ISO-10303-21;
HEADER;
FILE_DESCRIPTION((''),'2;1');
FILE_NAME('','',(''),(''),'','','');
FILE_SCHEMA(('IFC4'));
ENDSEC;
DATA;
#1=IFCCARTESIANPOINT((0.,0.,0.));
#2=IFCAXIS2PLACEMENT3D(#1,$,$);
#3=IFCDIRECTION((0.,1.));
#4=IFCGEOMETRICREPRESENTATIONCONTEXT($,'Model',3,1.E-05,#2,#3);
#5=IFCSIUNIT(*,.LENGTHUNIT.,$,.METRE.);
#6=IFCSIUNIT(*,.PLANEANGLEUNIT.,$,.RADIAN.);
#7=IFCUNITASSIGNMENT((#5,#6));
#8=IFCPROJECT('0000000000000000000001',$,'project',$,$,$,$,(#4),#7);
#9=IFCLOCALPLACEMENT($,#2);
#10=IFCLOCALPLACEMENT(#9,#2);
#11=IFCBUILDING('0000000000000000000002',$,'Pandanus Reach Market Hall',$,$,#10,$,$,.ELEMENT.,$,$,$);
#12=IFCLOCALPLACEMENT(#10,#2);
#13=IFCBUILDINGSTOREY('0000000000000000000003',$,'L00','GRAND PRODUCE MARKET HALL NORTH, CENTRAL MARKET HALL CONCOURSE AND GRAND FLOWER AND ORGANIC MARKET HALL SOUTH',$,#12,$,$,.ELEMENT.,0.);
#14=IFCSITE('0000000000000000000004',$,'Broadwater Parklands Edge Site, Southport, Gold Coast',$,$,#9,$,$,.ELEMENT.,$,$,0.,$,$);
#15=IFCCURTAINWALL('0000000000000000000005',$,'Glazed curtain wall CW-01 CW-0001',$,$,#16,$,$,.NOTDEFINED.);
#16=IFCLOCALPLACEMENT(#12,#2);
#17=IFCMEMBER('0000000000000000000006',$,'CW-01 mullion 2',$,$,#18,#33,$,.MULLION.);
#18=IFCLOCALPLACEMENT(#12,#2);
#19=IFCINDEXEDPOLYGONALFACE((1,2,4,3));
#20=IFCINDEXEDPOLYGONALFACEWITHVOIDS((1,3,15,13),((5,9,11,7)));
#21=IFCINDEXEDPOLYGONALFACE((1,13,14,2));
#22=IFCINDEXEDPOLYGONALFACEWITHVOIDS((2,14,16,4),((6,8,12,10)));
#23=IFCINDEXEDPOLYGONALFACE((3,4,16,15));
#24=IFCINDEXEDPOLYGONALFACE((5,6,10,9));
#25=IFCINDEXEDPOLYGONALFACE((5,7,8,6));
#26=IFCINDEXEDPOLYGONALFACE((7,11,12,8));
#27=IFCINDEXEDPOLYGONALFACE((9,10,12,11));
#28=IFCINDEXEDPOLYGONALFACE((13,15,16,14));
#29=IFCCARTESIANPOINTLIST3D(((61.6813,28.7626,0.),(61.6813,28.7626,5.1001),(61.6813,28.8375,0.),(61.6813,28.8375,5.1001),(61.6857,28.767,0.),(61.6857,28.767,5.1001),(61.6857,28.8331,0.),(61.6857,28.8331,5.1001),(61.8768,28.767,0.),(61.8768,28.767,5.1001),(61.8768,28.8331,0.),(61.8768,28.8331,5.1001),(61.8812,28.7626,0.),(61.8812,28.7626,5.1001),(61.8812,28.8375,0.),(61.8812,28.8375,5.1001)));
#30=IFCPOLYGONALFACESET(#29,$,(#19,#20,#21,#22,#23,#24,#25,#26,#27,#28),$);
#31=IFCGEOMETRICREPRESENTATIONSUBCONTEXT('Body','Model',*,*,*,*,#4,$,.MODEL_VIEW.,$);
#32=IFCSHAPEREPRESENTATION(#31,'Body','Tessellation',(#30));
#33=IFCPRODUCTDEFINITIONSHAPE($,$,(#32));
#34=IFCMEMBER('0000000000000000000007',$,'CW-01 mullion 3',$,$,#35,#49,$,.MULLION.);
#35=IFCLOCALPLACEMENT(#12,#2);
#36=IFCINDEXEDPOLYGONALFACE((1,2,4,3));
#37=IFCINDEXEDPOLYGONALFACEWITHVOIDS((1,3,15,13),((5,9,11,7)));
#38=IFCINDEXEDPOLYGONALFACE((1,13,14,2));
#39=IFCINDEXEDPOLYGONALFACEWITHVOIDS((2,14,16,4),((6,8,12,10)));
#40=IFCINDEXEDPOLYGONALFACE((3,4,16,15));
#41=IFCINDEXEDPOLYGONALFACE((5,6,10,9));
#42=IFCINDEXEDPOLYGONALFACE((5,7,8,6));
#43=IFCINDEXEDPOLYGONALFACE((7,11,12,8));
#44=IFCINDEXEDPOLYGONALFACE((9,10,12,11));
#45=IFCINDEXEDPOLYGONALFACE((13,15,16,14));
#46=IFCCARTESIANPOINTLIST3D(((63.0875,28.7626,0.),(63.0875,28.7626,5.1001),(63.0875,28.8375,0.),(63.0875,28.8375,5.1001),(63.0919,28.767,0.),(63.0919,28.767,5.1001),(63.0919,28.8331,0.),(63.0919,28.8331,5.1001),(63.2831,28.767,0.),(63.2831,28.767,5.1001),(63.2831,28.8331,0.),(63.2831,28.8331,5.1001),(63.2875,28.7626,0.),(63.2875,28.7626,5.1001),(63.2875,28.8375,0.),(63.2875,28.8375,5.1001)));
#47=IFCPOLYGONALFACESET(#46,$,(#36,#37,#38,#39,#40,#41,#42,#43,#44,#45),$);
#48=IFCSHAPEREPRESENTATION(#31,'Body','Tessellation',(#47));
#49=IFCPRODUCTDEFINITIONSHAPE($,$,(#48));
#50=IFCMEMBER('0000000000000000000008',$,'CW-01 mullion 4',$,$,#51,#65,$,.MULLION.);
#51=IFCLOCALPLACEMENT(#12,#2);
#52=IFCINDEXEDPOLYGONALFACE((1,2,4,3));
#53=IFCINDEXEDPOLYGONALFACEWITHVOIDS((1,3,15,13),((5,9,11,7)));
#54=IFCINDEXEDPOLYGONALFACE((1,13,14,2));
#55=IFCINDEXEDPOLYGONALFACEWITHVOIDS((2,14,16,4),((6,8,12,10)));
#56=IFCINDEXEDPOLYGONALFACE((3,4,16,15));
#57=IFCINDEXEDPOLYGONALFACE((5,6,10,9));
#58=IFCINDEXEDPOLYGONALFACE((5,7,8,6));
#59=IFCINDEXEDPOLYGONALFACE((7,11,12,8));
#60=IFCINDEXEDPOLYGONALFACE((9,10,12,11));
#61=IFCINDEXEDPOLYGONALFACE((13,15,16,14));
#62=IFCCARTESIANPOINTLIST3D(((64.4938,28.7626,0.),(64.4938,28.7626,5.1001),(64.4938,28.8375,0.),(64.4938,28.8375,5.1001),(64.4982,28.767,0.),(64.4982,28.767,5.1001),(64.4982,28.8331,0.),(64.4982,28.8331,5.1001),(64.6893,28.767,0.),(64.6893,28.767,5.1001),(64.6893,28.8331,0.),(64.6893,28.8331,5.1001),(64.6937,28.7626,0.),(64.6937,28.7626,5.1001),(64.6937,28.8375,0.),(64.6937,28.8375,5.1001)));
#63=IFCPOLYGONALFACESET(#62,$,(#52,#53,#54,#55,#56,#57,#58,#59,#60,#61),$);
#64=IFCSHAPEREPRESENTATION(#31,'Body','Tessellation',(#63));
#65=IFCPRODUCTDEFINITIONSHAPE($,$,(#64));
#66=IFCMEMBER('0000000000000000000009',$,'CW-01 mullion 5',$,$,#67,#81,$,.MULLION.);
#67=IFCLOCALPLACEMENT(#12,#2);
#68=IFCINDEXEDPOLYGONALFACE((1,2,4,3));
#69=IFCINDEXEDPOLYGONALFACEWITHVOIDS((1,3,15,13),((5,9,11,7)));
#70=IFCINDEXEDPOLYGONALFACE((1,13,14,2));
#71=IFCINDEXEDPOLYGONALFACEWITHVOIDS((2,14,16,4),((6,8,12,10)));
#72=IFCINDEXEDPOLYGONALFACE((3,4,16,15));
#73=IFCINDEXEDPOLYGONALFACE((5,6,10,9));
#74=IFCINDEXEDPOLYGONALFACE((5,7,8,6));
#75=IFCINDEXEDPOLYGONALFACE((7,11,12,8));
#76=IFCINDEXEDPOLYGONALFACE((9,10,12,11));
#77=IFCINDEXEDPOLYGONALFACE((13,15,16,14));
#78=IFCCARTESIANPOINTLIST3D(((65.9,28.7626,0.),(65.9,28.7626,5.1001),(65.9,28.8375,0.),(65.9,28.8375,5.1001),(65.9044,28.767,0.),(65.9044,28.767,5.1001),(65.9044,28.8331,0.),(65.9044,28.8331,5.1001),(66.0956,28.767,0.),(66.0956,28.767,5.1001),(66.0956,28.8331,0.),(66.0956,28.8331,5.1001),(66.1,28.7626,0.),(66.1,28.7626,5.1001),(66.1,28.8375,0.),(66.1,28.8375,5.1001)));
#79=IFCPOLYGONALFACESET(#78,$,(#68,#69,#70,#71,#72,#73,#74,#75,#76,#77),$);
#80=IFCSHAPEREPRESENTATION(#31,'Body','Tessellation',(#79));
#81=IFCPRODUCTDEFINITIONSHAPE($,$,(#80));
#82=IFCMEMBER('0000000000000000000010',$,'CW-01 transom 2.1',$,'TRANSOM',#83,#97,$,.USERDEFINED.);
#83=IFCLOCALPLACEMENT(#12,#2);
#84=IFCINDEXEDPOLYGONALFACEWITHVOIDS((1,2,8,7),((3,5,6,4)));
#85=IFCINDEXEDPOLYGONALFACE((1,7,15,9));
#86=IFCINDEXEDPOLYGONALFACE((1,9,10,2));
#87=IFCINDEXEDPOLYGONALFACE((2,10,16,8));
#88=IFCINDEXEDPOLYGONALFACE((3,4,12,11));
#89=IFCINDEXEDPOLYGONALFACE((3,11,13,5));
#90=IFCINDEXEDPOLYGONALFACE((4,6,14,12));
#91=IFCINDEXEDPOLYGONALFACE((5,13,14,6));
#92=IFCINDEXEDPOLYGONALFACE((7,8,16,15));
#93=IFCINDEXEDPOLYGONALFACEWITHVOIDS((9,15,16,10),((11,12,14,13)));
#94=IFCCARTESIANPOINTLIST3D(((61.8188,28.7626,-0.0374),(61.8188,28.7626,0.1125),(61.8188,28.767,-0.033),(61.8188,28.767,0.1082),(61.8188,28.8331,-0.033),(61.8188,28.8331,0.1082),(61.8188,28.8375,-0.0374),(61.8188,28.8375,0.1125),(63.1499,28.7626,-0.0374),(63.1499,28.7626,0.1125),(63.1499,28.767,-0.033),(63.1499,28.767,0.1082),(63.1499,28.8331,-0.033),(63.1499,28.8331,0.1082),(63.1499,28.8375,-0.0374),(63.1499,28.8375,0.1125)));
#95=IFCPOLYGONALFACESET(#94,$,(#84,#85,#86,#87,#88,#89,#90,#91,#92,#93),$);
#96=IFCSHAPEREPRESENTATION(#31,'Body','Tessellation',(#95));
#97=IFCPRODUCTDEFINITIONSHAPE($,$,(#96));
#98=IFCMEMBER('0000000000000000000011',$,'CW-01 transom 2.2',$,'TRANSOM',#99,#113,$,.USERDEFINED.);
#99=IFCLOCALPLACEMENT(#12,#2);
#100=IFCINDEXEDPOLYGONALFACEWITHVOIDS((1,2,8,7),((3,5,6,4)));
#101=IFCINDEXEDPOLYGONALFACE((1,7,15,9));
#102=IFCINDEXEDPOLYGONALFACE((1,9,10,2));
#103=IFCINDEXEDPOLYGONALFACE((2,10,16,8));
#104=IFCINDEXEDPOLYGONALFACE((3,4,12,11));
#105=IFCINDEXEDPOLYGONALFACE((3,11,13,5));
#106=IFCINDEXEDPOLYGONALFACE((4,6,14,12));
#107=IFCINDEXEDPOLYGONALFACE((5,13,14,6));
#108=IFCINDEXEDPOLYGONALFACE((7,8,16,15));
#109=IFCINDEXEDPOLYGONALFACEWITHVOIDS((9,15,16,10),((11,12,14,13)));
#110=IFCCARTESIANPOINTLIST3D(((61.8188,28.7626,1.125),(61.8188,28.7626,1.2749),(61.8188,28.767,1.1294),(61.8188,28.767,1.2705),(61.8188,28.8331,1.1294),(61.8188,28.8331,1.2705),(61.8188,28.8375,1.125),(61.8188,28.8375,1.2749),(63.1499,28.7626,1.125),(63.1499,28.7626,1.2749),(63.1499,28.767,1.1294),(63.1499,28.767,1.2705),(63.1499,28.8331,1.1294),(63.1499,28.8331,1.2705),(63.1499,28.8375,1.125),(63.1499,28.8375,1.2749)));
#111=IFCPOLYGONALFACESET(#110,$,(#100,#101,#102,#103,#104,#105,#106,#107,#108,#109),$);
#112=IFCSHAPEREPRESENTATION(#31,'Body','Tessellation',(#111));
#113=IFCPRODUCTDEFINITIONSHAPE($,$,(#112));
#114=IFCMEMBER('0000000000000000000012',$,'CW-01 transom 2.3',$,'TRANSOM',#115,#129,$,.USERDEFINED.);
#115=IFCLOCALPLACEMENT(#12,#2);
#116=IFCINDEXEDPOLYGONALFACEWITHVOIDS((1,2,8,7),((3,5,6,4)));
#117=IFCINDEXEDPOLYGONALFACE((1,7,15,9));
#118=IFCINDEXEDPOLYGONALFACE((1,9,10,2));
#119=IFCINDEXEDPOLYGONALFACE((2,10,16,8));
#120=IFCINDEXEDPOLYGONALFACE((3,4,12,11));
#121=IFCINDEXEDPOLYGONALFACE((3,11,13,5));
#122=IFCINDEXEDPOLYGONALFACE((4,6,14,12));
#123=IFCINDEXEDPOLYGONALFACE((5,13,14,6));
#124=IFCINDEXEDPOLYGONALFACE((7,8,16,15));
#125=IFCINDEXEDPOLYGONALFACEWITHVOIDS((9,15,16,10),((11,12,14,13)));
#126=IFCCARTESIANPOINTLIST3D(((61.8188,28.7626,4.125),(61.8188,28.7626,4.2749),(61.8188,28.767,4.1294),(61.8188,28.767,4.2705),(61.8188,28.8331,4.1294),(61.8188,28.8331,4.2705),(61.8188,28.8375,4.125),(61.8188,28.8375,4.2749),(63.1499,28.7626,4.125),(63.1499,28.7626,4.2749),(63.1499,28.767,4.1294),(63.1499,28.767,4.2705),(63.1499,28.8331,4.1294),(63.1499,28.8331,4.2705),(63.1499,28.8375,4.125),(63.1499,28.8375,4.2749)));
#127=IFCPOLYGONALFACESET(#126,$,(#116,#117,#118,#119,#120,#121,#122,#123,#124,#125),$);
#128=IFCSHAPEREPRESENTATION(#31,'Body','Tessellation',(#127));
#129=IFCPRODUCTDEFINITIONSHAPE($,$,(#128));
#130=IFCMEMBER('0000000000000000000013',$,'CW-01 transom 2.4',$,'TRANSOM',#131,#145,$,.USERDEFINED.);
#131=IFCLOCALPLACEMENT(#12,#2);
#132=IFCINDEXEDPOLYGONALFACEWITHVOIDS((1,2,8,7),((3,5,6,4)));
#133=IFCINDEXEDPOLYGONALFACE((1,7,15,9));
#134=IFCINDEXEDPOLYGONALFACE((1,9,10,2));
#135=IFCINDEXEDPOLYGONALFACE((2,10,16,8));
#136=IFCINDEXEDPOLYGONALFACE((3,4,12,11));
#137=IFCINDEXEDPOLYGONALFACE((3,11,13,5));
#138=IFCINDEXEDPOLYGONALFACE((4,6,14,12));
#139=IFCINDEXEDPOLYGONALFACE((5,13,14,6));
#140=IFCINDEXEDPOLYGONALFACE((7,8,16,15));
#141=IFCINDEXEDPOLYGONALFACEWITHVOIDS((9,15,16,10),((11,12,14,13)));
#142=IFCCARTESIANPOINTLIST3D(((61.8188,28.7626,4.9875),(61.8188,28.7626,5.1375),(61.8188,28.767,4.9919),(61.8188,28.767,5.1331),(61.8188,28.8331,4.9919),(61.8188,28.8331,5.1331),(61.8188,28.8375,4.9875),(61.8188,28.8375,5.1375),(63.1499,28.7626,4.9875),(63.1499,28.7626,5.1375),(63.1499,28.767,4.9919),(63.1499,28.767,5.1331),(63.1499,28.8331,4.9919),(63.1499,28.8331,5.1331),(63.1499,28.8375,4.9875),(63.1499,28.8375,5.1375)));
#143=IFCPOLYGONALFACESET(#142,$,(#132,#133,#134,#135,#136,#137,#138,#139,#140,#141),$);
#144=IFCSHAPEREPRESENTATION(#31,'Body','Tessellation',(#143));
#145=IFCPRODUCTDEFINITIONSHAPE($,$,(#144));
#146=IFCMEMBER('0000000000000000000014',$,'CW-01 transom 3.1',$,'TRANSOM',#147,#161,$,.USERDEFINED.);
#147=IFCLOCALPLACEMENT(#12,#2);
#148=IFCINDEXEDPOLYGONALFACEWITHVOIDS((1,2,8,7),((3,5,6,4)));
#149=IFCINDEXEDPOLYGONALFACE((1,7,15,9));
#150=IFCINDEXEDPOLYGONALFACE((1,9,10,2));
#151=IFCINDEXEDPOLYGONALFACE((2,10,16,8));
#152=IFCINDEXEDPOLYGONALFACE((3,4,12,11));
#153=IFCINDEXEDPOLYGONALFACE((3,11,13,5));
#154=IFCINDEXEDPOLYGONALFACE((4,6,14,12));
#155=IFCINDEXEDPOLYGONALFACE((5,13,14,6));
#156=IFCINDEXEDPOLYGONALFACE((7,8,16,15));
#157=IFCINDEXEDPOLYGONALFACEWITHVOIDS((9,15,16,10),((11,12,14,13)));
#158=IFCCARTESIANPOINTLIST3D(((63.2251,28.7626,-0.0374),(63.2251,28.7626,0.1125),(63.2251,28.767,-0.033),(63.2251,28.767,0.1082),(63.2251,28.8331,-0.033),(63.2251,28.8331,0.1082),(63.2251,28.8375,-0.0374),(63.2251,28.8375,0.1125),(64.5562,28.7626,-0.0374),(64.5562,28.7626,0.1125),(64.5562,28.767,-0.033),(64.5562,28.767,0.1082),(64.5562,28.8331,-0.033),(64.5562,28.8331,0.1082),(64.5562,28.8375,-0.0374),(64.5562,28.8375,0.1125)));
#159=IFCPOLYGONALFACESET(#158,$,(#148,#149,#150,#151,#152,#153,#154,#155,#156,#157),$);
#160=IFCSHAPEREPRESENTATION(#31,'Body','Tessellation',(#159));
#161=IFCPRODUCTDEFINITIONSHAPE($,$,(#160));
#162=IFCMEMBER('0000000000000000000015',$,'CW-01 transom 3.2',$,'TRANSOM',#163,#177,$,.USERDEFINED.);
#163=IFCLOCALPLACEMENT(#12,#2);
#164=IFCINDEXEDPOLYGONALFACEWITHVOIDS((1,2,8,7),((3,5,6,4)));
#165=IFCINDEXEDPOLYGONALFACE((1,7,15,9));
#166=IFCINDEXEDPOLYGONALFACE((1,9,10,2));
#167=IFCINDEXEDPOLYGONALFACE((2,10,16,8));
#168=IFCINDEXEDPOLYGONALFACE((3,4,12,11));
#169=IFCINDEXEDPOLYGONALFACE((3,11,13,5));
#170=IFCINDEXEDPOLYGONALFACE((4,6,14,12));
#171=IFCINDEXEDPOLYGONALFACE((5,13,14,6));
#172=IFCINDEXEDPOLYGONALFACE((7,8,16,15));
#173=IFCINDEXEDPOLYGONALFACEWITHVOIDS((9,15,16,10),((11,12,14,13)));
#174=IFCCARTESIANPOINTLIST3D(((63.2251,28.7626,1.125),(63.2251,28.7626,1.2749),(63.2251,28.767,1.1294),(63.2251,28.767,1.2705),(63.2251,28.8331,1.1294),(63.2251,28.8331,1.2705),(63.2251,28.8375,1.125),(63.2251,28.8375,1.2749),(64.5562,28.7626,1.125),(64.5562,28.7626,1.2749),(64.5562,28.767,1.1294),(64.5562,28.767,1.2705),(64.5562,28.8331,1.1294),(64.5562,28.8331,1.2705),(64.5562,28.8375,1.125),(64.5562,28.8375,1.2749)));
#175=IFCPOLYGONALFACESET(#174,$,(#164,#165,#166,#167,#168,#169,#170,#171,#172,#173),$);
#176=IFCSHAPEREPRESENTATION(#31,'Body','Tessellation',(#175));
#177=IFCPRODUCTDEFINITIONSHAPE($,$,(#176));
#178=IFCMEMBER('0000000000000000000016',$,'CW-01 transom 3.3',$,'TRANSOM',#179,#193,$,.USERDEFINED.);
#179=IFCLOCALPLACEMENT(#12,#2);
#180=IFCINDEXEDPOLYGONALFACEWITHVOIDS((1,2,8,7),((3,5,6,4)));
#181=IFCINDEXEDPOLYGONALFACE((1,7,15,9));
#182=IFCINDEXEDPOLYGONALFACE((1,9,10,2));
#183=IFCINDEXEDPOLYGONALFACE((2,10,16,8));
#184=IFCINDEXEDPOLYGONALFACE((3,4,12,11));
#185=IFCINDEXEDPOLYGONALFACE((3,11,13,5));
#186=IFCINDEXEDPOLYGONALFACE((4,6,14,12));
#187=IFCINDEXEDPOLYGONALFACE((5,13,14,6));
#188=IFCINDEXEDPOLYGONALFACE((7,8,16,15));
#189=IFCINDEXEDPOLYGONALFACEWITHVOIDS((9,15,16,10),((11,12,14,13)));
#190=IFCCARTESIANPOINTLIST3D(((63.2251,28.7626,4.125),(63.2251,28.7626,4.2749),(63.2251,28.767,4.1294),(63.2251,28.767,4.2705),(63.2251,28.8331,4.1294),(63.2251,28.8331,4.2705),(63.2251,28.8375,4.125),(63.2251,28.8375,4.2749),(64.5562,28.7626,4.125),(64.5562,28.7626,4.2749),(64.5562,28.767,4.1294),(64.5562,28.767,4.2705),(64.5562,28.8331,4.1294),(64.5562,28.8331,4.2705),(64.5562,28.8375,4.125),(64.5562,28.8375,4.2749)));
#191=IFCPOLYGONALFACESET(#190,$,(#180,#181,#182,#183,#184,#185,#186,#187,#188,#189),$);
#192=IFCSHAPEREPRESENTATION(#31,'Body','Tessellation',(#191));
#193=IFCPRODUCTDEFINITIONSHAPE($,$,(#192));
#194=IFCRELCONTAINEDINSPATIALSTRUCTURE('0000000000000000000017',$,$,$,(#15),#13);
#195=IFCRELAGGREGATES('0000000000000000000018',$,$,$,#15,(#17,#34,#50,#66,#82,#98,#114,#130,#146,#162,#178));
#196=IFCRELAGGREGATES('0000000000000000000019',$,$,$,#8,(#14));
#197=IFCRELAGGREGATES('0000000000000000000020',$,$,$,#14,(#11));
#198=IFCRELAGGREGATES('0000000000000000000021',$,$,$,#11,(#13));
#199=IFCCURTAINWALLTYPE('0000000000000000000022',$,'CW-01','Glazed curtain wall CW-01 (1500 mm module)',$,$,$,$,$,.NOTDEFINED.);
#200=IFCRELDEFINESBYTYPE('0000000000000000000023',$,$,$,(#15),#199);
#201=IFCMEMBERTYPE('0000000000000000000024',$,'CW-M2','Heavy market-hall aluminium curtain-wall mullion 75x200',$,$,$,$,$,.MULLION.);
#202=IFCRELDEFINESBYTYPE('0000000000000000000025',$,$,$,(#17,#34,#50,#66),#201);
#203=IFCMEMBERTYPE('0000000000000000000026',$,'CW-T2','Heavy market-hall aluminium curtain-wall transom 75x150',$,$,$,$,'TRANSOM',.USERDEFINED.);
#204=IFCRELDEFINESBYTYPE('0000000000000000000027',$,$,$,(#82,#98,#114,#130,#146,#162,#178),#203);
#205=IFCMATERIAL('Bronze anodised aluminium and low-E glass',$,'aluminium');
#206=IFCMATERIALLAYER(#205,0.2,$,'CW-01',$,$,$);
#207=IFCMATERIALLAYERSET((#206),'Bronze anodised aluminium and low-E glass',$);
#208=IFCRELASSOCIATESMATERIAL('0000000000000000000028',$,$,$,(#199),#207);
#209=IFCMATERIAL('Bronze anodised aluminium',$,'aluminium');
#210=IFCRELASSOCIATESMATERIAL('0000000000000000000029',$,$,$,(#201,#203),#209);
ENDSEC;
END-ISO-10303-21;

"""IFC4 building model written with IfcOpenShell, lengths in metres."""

from ifc_helpers import new_model, si_unit, direction, frame, origin, origin_2d, place, context, subcontext, project, spatial, hollow_rectangle, extrude, material, layer, layer_set, material_profile, profile_set, type_object, element, aggregate, save


model = new_model("IFC4")

# Units and contexts
model_context = context("Model", 3, precision=1e-05, world=origin(), true_north=direction((0.0, 1.0)))
body_context = subcontext(model_context, "Body", "Model", "MODEL_VIEW")
ifc_project = project(units=[si_unit("LENGTHUNIT", "METRE"), si_unit("PLANEANGLEUNIT", "RADIAN")], contexts=[model_context])

# Site, building, storey
site_placement = place(None, origin())
site = spatial("IfcSite", under=ifc_project, at=site_placement, Name="Broadwater Parklands Edge Site, Southport, Gold Coast", CompositionType="ELEMENT", RefElevation=0.0)
building_placement = place(site_placement, origin())
building = spatial("IfcBuilding", under=site, at=building_placement, Name="Pandanus Reach Market Hall", CompositionType="ELEMENT")
storey_placement = place(building_placement, origin())
storey = spatial("IfcBuildingStorey", under=building, at=storey_placement, Name="L00", Description="GRAND PRODUCE MARKET HALL NORTH, CENTRAL MARKET HALL CONCOURSE AND GRAND FLOWER AND ORGANIC MARKET HALL SOUTH", CompositionType="ELEMENT", Elevation=0.0)

# Curtain wall, members
ifc_material_1 = material(Name="Bronze anodised aluminium and low-E glass", Category="aluminium")
ifc_layer_1 = layer(ifc_material_1, 0.2, Name="CW-01")
ifc_layer_set_1 = layer_set([ifc_layer_1], Name="Bronze anodised aluminium and low-E glass")
curtain_wall_type = type_object("IfcCurtainWallType", Name="CW-01", Description="Glazed curtain wall CW-01 (1500 mm module)", PredefinedType="NOTDEFINED", material=ifc_layer_set_1)
curtain_wall_placement = place(storey_placement, origin())
curtain_wall = element("IfcCurtainWall", 1, at=curtain_wall_placement, inside=storey, type_object=curtain_wall_type, Name="Glazed curtain wall CW-01 CW-0001", PredefinedType="NOTDEFINED")
ifc_material_2 = material(Name="Bronze anodised aluminium", Category="aluminium")
ifc_material_profile_1 = material_profile(ifc_material_2, hollow_rectangle(XDim=0.075, YDim=0.2, WallThickness=0.0044, at=origin_2d()), Name="ALU75x200", Category="LoadBearing")
ifc_profile_set_1 = profile_set([ifc_material_profile_1], Name="Bronze anodised aluminium")
member_type_1 = type_object("IfcMemberType", Name="CW-M2", Description="Heavy market-hall aluminium curtain-wall mullion 75x200", PredefinedType="MULLION", material=ifc_profile_set_1)
member_1_placement = place(storey_placement, frame((61.7812, 28.8, 0.0), z_axis=(0.0, 0.0, 1.0), x_axis=(0.0, 1.0, 0.0)))
member_1 = element("IfcMember", 2, at=member_1_placement, type_object=member_type_1, Name="CW-01 mullion 2", PredefinedType="MULLION", context=body_context, shape_type="SweptSolid", body=[
    extrude(hollow_rectangle(XDim=0.075, YDim=0.2, WallThickness=0.0044, at=origin_2d()), origin(), (0.0, 0.0, 1.0), 5.1001),
])
member_2_placement = place(storey_placement, frame((63.1875, 28.8, 0.0), z_axis=(0.0, 0.0, 1.0), x_axis=(0.0, 1.0, 0.0)))
member_2 = element("IfcMember", 3, at=member_2_placement, type_object=member_type_1, Name="CW-01 mullion 3", PredefinedType="MULLION", context=body_context, shape_type="SweptSolid", body=[
    extrude(hollow_rectangle(XDim=0.075, YDim=0.2, WallThickness=0.0044, at=origin_2d()), origin(), (0.0, 0.0, 1.0), 5.1001),
])
member_3_placement = place(storey_placement, frame((64.5938, 28.8, 0.0), z_axis=(0.0, 0.0, 1.0), x_axis=(0.0, 1.0, 0.0)))
member_3 = element("IfcMember", 4, at=member_3_placement, type_object=member_type_1, Name="CW-01 mullion 4", PredefinedType="MULLION", context=body_context, shape_type="SweptSolid", body=[
    extrude(hollow_rectangle(XDim=0.075, YDim=0.2, WallThickness=0.0044, at=origin_2d()), origin(), (0.0, 0.0, 1.0), 5.1001),
])
member_4_placement = place(storey_placement, frame((66.0, 28.8, 0.0), z_axis=(0.0, 0.0, 1.0), x_axis=(0.0, 1.0, 0.0)))
member_4 = element("IfcMember", 5, at=member_4_placement, type_object=member_type_1, Name="CW-01 mullion 5", PredefinedType="MULLION", context=body_context, shape_type="SweptSolid", body=[
    extrude(hollow_rectangle(XDim=0.075, YDim=0.2, WallThickness=0.0044, at=origin_2d()), origin(), (0.0, 0.0, 1.0), 5.1001),
])
ifc_material_profile_2 = material_profile(ifc_material_2, hollow_rectangle(XDim=0.075, YDim=0.1499, WallThickness=0.0044, at=origin_2d()), Name="ALU75x150", Category="LoadBearing")
ifc_profile_set_2 = profile_set([ifc_material_profile_2], Name="Bronze anodised aluminium")
member_type_2 = type_object("IfcMemberType", Name="CW-T2", Description="Heavy market-hall aluminium curtain-wall transom 75x150", ElementType="TRANSOM", PredefinedType="USERDEFINED", material=ifc_profile_set_2)
member_5_placement = place(storey_placement, frame((61.8188, 28.8, 0.0376), z_axis=(1.0, 0.0, 0.0), x_axis=(0.0, 1.0, 0.0)))
member_5 = element("IfcMember", 6, at=member_5_placement, type_object=member_type_2, Name="CW-01 transom 2.1", ObjectType="TRANSOM", PredefinedType="USERDEFINED", context=body_context, shape_type="SweptSolid", body=[
    extrude(hollow_rectangle(XDim=0.075, YDim=0.1499, WallThickness=0.0044, at=origin_2d()), origin(), (0.0, 0.0, 1.0), 1.3311),
])
member_6_placement = place(storey_placement, frame((61.8188, 28.8, 1.2), z_axis=(1.0, 0.0, 0.0), x_axis=(0.0, 1.0, 0.0)))
member_6 = element("IfcMember", 7, at=member_6_placement, type_object=member_type_2, Name="CW-01 transom 2.2", ObjectType="TRANSOM", PredefinedType="USERDEFINED", context=body_context, shape_type="SweptSolid", body=[
    extrude(hollow_rectangle(XDim=0.075, YDim=0.1499, WallThickness=0.0044, at=origin_2d()), origin(), (0.0, 0.0, 1.0), 1.3311),
])
member_7_placement = place(storey_placement, frame((61.8188, 28.8, 4.2), z_axis=(1.0, 0.0, 0.0), x_axis=(0.0, 1.0, 0.0)))
member_7 = element("IfcMember", 8, at=member_7_placement, type_object=member_type_2, Name="CW-01 transom 2.3", ObjectType="TRANSOM", PredefinedType="USERDEFINED", context=body_context, shape_type="SweptSolid", body=[
    extrude(hollow_rectangle(XDim=0.075, YDim=0.1499, WallThickness=0.0044, at=origin_2d()), origin(), (0.0, 0.0, 1.0), 1.3311),
])
member_8_placement = place(storey_placement, frame((61.8188, 28.8, 5.0625), z_axis=(1.0, 0.0, 0.0), x_axis=(0.0, 1.0, 0.0)))
member_8 = element("IfcMember", 9, at=member_8_placement, type_object=member_type_2, Name="CW-01 transom 2.4", ObjectType="TRANSOM", PredefinedType="USERDEFINED", context=body_context, shape_type="SweptSolid", body=[
    extrude(hollow_rectangle(XDim=0.075, YDim=0.1499, WallThickness=0.0044, at=origin_2d()), origin(), (0.0, 0.0, 1.0), 1.3311),
])
member_9_placement = place(storey_placement, frame((63.2251, 28.8, 0.0376), z_axis=(1.0, 0.0, 0.0), x_axis=(0.0, 1.0, 0.0)))
member_9 = element("IfcMember", 10, at=member_9_placement, type_object=member_type_2, Name="CW-01 transom 3.1", ObjectType="TRANSOM", PredefinedType="USERDEFINED", context=body_context, shape_type="SweptSolid", body=[
    extrude(hollow_rectangle(XDim=0.075, YDim=0.1499, WallThickness=0.0044, at=origin_2d()), origin(), (0.0, 0.0, 1.0), 1.3311),
])
member_10_placement = place(storey_placement, frame((63.2251, 28.8, 1.2), z_axis=(1.0, 0.0, 0.0), x_axis=(0.0, 1.0, 0.0)))
member_10 = element("IfcMember", 11, at=member_10_placement, type_object=member_type_2, Name="CW-01 transom 3.2", ObjectType="TRANSOM", PredefinedType="USERDEFINED", context=body_context, shape_type="SweptSolid", body=[
    extrude(hollow_rectangle(XDim=0.075, YDim=0.1499, WallThickness=0.0044, at=origin_2d()), origin(), (0.0, 0.0, 1.0), 1.3311),
])
member_11_placement = place(storey_placement, frame((63.2251, 28.8, 4.2), z_axis=(1.0, 0.0, 0.0), x_axis=(0.0, 1.0, 0.0)))
member_11 = element("IfcMember", 12, at=member_11_placement, type_object=member_type_2, Name="CW-01 transom 3.3", ObjectType="TRANSOM", PredefinedType="USERDEFINED", context=body_context, shape_type="SweptSolid", body=[
    extrude(hollow_rectangle(XDim=0.075, YDim=0.1499, WallThickness=0.0044, at=origin_2d()), origin(), (0.0, 0.0, 1.0), 1.3311),
])

aggregate(curtain_wall, [member_1, member_2, member_3, member_4, member_5, member_6, member_7, member_8, member_9, member_10, member_11])

save(model, "model.ifc")
